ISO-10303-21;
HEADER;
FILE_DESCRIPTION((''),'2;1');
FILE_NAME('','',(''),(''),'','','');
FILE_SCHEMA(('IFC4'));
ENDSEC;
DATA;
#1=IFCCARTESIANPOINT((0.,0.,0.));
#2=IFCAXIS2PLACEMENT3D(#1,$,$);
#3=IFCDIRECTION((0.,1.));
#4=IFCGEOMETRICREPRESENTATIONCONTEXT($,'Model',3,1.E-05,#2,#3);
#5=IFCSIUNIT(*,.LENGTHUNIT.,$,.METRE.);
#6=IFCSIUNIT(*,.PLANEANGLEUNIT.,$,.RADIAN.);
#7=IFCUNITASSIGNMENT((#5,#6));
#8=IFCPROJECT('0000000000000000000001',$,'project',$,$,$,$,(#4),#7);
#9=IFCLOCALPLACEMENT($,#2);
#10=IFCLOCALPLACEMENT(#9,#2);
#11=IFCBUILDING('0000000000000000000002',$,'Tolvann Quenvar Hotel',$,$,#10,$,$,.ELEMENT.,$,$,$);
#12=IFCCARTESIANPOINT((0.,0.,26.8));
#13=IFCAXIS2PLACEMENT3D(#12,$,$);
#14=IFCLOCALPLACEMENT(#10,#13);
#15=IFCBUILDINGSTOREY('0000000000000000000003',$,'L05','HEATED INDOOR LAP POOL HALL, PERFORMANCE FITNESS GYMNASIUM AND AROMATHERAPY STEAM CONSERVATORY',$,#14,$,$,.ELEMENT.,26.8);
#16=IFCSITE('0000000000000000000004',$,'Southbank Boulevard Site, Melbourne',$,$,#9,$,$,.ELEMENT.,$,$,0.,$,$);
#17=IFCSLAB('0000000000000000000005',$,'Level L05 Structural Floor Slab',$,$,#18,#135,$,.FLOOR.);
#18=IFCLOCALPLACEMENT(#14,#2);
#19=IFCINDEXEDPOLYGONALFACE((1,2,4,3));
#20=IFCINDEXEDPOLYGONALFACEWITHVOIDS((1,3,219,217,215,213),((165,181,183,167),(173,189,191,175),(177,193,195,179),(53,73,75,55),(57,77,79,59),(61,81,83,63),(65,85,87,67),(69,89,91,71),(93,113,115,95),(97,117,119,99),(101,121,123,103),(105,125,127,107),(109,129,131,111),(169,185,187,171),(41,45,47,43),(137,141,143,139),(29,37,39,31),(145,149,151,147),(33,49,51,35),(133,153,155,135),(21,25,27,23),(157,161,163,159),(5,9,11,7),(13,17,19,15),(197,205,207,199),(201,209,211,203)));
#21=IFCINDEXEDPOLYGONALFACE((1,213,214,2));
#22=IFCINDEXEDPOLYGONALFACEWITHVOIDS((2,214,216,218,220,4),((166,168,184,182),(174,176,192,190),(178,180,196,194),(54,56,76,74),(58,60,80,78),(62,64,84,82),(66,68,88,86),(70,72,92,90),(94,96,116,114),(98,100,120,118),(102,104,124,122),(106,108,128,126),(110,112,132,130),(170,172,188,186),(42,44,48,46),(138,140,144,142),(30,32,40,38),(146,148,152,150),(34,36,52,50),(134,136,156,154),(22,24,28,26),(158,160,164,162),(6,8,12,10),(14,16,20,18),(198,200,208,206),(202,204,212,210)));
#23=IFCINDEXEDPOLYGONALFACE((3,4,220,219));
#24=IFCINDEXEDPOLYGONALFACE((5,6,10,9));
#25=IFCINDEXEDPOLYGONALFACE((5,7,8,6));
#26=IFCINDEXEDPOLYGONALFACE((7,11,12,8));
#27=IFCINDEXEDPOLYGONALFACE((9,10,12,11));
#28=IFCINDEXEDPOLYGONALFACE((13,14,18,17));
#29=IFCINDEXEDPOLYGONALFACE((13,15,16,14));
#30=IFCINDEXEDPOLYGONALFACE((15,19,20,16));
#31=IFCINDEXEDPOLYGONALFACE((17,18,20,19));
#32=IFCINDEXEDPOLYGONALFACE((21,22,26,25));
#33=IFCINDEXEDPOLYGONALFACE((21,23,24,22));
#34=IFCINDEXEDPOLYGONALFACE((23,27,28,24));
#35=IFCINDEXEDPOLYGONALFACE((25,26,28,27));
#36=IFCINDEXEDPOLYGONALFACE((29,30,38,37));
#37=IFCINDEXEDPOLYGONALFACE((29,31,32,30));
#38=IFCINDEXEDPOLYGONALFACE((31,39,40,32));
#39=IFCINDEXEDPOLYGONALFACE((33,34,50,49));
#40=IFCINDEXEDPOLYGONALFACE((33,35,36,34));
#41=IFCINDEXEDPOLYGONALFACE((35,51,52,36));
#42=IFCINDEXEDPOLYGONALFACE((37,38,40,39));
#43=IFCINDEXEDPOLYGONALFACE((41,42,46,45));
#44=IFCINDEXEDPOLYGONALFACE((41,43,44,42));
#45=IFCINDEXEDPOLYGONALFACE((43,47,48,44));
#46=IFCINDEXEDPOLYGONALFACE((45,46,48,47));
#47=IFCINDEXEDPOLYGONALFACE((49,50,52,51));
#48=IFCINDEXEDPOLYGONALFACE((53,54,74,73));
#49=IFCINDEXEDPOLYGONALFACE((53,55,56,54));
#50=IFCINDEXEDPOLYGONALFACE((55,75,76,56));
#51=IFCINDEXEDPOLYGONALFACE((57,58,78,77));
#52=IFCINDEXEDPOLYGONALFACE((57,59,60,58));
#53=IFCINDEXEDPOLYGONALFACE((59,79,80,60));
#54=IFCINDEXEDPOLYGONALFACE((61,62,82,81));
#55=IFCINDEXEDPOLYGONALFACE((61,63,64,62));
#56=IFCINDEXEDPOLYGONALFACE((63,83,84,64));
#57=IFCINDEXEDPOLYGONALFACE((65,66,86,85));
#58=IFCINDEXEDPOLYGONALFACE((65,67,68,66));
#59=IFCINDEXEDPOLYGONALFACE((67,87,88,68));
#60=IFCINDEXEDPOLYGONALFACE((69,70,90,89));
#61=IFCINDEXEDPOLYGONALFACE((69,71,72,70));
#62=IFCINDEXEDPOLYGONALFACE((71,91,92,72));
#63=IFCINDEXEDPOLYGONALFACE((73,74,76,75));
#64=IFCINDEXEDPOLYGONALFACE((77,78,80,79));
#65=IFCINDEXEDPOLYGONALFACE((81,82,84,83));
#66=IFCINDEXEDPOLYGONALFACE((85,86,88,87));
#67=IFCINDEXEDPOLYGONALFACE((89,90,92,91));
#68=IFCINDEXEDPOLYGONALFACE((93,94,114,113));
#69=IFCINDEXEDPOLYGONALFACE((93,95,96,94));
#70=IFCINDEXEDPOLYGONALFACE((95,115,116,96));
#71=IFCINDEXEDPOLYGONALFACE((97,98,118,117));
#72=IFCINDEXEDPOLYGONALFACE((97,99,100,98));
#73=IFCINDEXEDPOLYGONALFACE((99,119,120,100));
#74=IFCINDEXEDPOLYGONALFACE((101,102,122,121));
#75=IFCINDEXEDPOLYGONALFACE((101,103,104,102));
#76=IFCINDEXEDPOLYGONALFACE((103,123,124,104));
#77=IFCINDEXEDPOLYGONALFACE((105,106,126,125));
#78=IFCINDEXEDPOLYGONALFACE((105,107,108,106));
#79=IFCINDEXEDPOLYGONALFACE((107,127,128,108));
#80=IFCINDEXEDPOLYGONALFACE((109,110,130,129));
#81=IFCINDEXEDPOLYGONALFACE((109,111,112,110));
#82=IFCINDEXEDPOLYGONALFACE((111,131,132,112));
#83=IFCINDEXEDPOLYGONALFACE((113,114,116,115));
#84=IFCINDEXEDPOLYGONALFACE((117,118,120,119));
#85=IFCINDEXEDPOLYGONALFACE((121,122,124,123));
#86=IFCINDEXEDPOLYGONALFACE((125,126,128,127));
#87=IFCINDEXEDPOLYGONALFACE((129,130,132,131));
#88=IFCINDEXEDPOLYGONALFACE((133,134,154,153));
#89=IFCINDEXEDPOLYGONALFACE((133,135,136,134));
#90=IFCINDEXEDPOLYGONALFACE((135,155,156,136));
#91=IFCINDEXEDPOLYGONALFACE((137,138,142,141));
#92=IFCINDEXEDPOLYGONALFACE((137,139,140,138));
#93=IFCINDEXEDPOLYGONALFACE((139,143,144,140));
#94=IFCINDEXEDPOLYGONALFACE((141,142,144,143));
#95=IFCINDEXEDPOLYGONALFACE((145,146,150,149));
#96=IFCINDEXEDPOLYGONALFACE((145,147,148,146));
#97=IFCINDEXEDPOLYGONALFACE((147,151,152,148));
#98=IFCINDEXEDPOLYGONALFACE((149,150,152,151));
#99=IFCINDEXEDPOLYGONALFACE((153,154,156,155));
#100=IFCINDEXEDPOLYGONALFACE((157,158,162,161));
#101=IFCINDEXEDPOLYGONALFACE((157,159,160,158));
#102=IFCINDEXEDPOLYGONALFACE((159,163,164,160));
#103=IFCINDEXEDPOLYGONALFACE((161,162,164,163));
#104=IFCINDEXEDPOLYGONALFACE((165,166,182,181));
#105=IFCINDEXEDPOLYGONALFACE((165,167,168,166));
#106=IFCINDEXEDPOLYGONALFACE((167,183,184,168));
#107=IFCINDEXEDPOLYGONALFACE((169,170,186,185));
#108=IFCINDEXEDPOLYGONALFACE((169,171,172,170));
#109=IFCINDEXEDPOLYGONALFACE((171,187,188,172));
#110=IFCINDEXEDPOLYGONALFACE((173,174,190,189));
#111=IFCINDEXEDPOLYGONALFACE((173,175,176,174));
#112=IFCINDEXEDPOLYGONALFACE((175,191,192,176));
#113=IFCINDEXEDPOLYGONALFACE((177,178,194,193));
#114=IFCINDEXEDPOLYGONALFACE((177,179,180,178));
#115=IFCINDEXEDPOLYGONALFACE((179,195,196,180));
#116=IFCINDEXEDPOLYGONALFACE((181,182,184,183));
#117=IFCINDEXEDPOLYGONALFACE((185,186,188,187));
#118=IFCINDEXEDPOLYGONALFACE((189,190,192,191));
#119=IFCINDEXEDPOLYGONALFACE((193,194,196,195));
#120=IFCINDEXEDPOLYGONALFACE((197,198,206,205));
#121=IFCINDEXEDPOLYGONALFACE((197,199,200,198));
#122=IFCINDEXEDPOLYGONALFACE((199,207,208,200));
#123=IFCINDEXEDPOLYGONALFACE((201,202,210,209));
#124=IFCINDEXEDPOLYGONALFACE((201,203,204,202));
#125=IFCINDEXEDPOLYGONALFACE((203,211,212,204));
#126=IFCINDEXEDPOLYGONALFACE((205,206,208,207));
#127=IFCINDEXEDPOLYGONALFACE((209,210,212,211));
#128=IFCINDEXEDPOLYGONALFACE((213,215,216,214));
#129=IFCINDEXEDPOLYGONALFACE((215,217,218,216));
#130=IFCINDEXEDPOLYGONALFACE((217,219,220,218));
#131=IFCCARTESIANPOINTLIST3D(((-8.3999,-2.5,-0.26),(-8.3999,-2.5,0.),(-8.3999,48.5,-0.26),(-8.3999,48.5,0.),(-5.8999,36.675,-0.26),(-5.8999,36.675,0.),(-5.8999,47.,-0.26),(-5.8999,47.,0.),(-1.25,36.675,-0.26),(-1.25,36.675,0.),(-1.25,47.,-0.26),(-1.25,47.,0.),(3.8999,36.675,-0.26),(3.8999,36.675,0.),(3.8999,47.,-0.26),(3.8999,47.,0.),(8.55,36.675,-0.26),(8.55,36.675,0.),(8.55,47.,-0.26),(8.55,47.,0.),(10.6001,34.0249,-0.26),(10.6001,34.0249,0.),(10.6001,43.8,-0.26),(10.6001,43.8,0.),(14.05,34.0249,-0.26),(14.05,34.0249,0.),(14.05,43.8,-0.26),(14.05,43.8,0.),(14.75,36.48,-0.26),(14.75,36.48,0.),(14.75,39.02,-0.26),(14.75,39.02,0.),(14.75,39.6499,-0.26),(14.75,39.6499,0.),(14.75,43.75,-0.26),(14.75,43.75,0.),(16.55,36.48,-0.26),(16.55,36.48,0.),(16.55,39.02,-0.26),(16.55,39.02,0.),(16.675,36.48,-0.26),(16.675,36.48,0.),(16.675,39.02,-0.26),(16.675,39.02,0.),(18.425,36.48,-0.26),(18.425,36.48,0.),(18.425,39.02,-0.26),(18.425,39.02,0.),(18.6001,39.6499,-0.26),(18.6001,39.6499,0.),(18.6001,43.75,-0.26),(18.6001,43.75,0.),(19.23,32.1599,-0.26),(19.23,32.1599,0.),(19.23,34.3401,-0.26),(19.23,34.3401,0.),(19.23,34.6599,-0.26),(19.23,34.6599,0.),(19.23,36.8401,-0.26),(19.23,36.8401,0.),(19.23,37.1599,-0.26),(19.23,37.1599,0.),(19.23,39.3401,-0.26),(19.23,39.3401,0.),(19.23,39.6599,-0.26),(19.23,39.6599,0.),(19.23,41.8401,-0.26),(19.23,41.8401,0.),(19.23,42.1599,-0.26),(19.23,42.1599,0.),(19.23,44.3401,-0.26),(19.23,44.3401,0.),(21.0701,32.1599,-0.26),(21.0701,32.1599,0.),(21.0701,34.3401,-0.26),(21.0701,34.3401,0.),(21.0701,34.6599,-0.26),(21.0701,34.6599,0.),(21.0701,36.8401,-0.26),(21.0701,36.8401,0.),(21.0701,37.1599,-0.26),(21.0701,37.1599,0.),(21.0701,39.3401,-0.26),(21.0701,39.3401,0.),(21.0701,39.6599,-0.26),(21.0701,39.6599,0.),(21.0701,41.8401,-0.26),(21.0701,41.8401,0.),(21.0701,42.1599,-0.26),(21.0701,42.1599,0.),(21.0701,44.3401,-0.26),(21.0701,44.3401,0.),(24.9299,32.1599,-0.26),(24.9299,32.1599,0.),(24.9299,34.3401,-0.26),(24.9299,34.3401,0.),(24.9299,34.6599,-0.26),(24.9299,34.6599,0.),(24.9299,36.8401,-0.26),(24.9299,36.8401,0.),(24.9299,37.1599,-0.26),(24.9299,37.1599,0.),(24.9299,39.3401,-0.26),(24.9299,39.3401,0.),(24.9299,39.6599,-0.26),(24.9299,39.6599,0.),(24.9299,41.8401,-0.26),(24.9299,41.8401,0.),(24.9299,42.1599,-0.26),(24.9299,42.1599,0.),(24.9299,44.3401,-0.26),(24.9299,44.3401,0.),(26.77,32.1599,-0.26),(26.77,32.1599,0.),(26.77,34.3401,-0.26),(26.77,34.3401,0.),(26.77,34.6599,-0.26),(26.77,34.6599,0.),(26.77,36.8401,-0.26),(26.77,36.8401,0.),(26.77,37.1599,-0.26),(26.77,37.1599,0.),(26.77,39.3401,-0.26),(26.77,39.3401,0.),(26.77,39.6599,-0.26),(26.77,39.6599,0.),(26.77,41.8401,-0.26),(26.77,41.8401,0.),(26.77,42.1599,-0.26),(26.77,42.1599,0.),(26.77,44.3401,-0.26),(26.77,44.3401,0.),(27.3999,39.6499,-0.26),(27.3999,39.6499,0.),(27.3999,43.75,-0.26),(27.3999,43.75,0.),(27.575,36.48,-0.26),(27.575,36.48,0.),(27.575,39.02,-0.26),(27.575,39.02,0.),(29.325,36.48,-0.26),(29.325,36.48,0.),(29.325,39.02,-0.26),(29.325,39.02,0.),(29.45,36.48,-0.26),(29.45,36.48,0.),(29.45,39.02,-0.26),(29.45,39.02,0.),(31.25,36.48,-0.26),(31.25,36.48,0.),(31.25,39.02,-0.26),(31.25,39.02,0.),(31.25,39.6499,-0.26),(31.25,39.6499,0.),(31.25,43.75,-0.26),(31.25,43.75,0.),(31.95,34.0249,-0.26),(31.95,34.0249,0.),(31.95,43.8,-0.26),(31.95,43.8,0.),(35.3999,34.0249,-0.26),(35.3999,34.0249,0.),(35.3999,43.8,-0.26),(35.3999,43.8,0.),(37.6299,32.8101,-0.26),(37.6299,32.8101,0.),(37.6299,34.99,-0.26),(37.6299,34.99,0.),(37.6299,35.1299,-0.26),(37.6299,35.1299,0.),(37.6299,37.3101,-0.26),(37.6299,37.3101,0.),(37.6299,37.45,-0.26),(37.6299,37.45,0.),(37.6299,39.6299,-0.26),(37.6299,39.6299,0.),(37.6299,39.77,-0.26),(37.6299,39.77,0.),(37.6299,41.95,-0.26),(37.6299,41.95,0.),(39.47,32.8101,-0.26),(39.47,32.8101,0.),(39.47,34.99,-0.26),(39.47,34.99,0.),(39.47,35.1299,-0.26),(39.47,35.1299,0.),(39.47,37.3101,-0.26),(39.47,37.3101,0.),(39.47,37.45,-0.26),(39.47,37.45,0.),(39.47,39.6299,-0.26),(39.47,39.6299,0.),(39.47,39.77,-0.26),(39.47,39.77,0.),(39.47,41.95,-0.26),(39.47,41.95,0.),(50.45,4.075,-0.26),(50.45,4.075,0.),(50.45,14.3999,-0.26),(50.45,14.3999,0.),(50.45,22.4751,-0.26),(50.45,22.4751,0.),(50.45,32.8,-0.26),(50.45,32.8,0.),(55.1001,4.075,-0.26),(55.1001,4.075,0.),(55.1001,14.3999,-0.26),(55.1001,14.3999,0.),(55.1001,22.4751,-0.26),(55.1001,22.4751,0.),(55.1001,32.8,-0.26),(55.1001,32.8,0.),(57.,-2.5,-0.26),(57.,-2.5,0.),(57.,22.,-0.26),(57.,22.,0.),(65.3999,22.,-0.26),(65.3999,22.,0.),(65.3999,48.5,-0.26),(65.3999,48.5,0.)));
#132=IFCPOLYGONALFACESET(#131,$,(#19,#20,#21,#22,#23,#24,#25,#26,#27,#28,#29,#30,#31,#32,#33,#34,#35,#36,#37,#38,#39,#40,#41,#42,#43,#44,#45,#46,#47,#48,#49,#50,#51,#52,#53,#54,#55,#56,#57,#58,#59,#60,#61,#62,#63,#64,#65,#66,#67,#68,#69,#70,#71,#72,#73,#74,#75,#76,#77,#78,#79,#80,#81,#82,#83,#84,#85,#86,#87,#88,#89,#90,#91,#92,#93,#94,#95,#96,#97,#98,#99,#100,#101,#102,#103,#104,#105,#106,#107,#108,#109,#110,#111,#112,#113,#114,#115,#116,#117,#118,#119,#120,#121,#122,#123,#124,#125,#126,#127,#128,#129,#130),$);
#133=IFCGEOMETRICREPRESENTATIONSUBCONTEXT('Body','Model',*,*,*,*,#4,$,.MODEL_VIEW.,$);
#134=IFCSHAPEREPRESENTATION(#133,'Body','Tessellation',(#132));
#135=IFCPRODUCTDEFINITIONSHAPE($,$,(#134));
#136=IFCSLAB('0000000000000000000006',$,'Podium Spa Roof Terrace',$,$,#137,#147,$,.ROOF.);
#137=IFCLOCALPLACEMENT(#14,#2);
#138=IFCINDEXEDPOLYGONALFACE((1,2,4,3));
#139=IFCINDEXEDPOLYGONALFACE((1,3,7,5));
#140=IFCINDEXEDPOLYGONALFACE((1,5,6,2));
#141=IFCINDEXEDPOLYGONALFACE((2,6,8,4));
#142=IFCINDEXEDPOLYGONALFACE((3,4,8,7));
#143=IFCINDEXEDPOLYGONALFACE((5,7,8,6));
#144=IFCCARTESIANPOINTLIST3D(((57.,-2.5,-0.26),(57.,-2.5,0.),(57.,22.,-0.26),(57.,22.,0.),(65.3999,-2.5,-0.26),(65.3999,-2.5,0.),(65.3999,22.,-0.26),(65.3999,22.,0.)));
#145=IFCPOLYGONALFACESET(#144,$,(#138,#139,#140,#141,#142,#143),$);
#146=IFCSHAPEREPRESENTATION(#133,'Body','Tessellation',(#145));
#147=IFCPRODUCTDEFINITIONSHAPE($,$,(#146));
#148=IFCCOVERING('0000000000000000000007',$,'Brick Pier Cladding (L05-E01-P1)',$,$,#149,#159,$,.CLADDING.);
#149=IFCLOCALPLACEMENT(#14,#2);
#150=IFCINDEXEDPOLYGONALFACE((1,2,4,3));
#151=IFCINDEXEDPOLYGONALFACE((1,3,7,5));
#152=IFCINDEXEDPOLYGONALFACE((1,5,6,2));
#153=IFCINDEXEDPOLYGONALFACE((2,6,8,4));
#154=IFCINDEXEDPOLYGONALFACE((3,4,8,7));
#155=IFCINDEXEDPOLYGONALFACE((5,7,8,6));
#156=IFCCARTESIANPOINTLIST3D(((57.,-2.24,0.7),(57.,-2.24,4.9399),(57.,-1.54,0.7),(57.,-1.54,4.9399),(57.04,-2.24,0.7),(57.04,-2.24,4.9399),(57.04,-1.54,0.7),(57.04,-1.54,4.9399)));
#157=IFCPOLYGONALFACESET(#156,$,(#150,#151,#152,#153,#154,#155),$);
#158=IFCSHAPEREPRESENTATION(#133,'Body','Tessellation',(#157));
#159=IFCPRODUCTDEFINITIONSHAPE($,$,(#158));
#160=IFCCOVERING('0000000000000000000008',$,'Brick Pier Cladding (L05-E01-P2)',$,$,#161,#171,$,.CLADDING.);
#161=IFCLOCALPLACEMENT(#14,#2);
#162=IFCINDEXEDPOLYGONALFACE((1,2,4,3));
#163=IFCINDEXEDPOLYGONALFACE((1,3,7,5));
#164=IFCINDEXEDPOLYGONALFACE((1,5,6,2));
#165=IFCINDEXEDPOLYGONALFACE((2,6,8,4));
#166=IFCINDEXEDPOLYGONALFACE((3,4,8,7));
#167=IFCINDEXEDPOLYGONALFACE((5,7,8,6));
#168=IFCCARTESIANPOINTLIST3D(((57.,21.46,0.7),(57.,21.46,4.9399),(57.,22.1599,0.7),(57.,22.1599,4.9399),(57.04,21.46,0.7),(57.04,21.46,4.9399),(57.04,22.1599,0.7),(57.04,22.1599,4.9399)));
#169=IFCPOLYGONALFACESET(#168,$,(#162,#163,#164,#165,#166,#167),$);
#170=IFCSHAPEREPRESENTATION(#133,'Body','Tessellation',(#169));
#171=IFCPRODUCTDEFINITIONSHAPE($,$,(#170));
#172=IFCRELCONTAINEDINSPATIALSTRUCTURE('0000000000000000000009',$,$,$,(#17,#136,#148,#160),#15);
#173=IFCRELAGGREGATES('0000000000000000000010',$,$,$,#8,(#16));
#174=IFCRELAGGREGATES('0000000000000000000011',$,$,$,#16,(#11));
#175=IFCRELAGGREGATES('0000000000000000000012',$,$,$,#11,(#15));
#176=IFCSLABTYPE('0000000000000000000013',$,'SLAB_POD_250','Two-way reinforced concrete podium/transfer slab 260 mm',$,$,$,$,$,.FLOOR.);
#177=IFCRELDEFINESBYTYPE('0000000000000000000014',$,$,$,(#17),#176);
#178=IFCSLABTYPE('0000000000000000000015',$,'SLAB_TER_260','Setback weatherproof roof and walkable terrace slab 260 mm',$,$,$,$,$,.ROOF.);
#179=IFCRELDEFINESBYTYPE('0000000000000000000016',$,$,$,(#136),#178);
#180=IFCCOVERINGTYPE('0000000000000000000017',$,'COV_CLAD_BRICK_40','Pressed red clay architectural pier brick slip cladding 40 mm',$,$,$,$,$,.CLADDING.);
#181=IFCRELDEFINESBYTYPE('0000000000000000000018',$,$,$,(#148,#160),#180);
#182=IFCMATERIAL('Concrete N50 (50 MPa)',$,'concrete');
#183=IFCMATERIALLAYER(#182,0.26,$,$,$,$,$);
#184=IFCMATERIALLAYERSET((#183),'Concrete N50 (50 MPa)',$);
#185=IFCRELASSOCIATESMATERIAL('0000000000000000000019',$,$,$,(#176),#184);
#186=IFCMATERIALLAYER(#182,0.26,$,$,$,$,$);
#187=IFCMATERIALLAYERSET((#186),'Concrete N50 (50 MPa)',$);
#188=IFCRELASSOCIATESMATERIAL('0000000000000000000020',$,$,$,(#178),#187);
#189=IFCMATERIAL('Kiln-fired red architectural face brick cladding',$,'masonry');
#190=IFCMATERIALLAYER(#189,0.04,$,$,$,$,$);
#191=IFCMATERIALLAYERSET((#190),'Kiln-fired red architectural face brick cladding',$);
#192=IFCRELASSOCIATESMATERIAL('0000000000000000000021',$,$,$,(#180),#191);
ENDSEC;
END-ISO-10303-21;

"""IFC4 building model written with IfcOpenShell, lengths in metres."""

from ifc_helpers import new_model, si_unit, direction, frame, origin, place, context, subcontext, project, spatial, polyline, outline, extrude, material, layer, layer_set, type_object, element, save


model = new_model("IFC4")

# Units and contexts
model_context = context("Model", 3, precision=1e-05, world=origin(), true_north=direction((0.0, 1.0)))
body_context = subcontext(model_context, "Body", "Model", "MODEL_VIEW")
ifc_project = project(units=[si_unit("LENGTHUNIT", "METRE"), si_unit("PLANEANGLEUNIT", "RADIAN")], contexts=[model_context])

# Site, building, storey
site_placement = place(None, origin())
site = spatial("IfcSite", under=ifc_project, at=site_placement, Name="Southbank Boulevard Site, Melbourne", CompositionType="ELEMENT", RefElevation=0.0)
building_placement = place(site_placement, origin())
building = spatial("IfcBuilding", under=site, at=building_placement, Name="Tolvann Quenvar Hotel", CompositionType="ELEMENT")
storey_placement = place(building_placement, frame((0.0, 0.0, 26.8)))
storey = spatial("IfcBuildingStorey", under=building, at=storey_placement, Name="L05", Description="HEATED INDOOR LAP POOL HALL, PERFORMANCE FITNESS GYMNASIUM AND AROMATHERAPY STEAM CONSERVATORY", CompositionType="ELEMENT", Elevation=26.8)

# Slabs
ifc_material_1 = material(Name="Concrete N50 (50 MPa)", Category="concrete")
ifc_layer_1 = layer(ifc_material_1, 0.26)
ifc_layer_set_1 = layer_set([ifc_layer_1], Name="Concrete N50 (50 MPa)")
slab_type_1 = type_object("IfcSlabType", Name="SLAB_POD_250", Description="Two-way reinforced concrete podium/transfer slab 260 mm", PredefinedType="FLOOR", material=ifc_layer_set_1)
slab_1_placement = place(storey_placement, frame((0.0, 0.0, -0.26)))
element("IfcSlab", 1, at=slab_1_placement, inside=storey, type_object=slab_type_1, Name="Level L05 Structural Floor Slab", PredefinedType="FLOOR", context=body_context, shape_type="SweptSolid", body=[
    extrude(outline(polyline([(-8.3999, -2.5), (57.0, -2.5), (57.0, 22.0), (65.3999, 22.0), (65.3999, 48.5), (-8.3999, 48.5), (-8.3999, -2.5)]), holes=[polyline([(50.45, 4.075), (50.45, 14.3999), (55.1001, 14.3999), (55.1001, 4.075), (50.45, 4.075)]), polyline([(50.45, 32.8), (55.1001, 32.8), (55.1001, 22.4751), (50.45, 22.4751), (50.45, 32.8)]), polyline([(39.47, 41.95), (39.47, 39.77), (37.6299, 39.77), (37.6299, 41.95), (39.47, 41.95)]), polyline([(39.47, 39.6299), (39.47, 37.45), (37.6299, 37.45), (37.6299, 39.6299), (39.47, 39.6299)]), polyline([(37.6299, 37.3101), (39.47, 37.3101), (39.47, 35.1299), (37.6299, 35.1299), (37.6299, 37.3101)]), polyline([(39.47, 34.99), (39.47, 32.8101), (37.6299, 32.8101), (37.6299, 34.99), (39.47, 34.99)]), polyline([(31.95, 43.8), (35.3999, 43.8), (35.3999, 34.0249), (31.95, 34.0249), (31.95, 43.8)]), polyline([(31.25, 39.02), (31.25, 36.48), (29.45, 36.48), (29.45, 39.02), (31.25, 39.02)]), polyline([(31.25, 43.75), (31.25, 39.6499), (27.3999, 39.6499), (27.3999, 43.75), (31.25, 43.75)]), polyline([(29.325, 39.02), (29.325, 36.48), (27.575, 36.48), (27.575, 39.02), (29.325, 39.02)]), polyline([(24.9299, 36.8401), (26.77, 36.8401), (26.77, 34.6599), (24.9299, 34.6599), (24.9299, 36.8401)]), polyline([(26.77, 44.3401), (26.77, 42.1599), (24.9299, 42.1599), (24.9299, 44.3401), (26.77, 44.3401)]), polyline([(26.77, 41.8401), (26.77, 39.6599), (24.9299, 39.6599), (24.9299, 41.8401), (26.77, 41.8401)]), polyline([(24.9299, 39.3401), (26.77, 39.3401), (26.77, 37.1599), (24.9299, 37.1599), (24.9299, 39.3401)]), polyline([(26.77, 34.3401), (26.77, 32.1599), (24.9299, 32.1599), (24.9299, 34.3401), (26.77, 34.3401)]), polyline([(21.0701, 44.3401), (21.0701, 42.1599), (19.23, 42.1599), (19.23, 44.3401), (21.0701, 44.3401)]), polyline([(21.0701, 41.8401), (21.0701, 39.6599), (19.23, 39.6599), (19.23, 41.8401), (21.0701, 41.8401)]), polyline([(19.23, 39.3401), (21.0701, 39.3401), (21.0701, 37.1599), (19.23, 37.1599), (19.23, 39.3401)]), polyline([(21.0701, 36.8401), (21.0701, 34.6599), (19.23, 34.6599), (19.23, 36.8401), (21.0701, 36.8401)]), polyline([(19.23, 34.3401), (21.0701, 34.3401), (21.0701, 32.1599), (19.23, 32.1599), (19.23, 34.3401)]), polyline([(18.6001, 43.75), (18.6001, 39.6499), (14.75, 39.6499), (14.75, 43.75), (18.6001, 43.75)]), polyline([(18.425, 39.02), (18.425, 36.48), (16.675, 36.48), (16.675, 39.02), (18.425, 39.02)]), polyline([(16.55, 39.02), (16.55, 36.48), (14.75, 36.48), (14.75, 39.02), (16.55, 39.02)]), polyline([(10.6001, 43.8), (14.05, 43.8), (14.05, 34.0249), (10.6001, 34.0249), (10.6001, 43.8)]), polyline([(3.8999, 47.0), (8.55, 47.0), (8.55, 36.675), (3.8999, 36.675), (3.8999, 47.0)]), polyline([(-5.8999, 47.0), (-1.25, 47.0), (-1.25, 36.675), (-5.8999, 36.675), (-5.8999, 47.0)])]), origin(), (0.0, 0.0, 1.0), 0.26),
])
ifc_layer_2 = layer(ifc_material_1, 0.26)
ifc_layer_set_2 = layer_set([ifc_layer_2], Name="Concrete N50 (50 MPa)")
slab_type_2 = type_object("IfcSlabType", Name="SLAB_TER_260", Description="Setback weatherproof roof and walkable terrace slab 260 mm", PredefinedType="ROOF", material=ifc_layer_set_2)
slab_2_placement = place(storey_placement, frame((0.0, 0.0, -0.26)))
element("IfcSlab", 2, at=slab_2_placement, inside=storey, type_object=slab_type_2, Name="Podium Spa Roof Terrace", PredefinedType="ROOF", context=body_context, shape_type="SweptSolid", body=[
    extrude(outline(polyline([(57.0, -2.5), (65.3999, -2.5), (65.3999, 22.0), (57.0, 22.0), (57.0, -2.5)])), origin(), (0.0, 0.0, 1.0), 0.26),
])

# Coverings
ifc_material_2 = material(Name="Kiln-fired red architectural face brick cladding", Category="masonry")
ifc_layer_3 = layer(ifc_material_2, 0.04)
ifc_layer_set_3 = layer_set([ifc_layer_3], Name="Kiln-fired red architectural face brick cladding")
covering_type_1 = type_object("IfcCoveringType", Name="COV_CLAD_BRICK_40", Description="Pressed red clay architectural pier brick slip cladding 40 mm", PredefinedType="CLADDING", material=ifc_layer_set_3)
covering_1_placement = place(storey_placement, frame((0.0, 0.0, 0.7)))
element("IfcCovering", 3, at=covering_1_placement, inside=storey, type_object=covering_type_1, Name="Brick Pier Cladding (L05-E01-P1)", PredefinedType="CLADDING", context=body_context, shape_type="SweptSolid", body=[
    extrude(outline(polyline([(57.0, -2.24), (57.0, -1.54), (57.04, -1.54), (57.04, -2.24), (57.0, -2.24)])), origin(), (0.0, 0.0, 1.0), 4.24),
])
covering_2_placement = place(storey_placement, frame((0.0, 0.0, 0.7)))
element("IfcCovering", 4, at=covering_2_placement, inside=storey, type_object=covering_type_1, Name="Brick Pier Cladding (L05-E01-P2)", PredefinedType="CLADDING", context=body_context, shape_type="SweptSolid", body=[
    extrude(outline(polyline([(57.0, 21.46), (57.0, 22.1599), (57.04, 22.1599), (57.04, 21.46), (57.0, 21.46)])), origin(), (0.0, 0.0, 1.0), 4.24),
])

save(model, "model.ifc")
